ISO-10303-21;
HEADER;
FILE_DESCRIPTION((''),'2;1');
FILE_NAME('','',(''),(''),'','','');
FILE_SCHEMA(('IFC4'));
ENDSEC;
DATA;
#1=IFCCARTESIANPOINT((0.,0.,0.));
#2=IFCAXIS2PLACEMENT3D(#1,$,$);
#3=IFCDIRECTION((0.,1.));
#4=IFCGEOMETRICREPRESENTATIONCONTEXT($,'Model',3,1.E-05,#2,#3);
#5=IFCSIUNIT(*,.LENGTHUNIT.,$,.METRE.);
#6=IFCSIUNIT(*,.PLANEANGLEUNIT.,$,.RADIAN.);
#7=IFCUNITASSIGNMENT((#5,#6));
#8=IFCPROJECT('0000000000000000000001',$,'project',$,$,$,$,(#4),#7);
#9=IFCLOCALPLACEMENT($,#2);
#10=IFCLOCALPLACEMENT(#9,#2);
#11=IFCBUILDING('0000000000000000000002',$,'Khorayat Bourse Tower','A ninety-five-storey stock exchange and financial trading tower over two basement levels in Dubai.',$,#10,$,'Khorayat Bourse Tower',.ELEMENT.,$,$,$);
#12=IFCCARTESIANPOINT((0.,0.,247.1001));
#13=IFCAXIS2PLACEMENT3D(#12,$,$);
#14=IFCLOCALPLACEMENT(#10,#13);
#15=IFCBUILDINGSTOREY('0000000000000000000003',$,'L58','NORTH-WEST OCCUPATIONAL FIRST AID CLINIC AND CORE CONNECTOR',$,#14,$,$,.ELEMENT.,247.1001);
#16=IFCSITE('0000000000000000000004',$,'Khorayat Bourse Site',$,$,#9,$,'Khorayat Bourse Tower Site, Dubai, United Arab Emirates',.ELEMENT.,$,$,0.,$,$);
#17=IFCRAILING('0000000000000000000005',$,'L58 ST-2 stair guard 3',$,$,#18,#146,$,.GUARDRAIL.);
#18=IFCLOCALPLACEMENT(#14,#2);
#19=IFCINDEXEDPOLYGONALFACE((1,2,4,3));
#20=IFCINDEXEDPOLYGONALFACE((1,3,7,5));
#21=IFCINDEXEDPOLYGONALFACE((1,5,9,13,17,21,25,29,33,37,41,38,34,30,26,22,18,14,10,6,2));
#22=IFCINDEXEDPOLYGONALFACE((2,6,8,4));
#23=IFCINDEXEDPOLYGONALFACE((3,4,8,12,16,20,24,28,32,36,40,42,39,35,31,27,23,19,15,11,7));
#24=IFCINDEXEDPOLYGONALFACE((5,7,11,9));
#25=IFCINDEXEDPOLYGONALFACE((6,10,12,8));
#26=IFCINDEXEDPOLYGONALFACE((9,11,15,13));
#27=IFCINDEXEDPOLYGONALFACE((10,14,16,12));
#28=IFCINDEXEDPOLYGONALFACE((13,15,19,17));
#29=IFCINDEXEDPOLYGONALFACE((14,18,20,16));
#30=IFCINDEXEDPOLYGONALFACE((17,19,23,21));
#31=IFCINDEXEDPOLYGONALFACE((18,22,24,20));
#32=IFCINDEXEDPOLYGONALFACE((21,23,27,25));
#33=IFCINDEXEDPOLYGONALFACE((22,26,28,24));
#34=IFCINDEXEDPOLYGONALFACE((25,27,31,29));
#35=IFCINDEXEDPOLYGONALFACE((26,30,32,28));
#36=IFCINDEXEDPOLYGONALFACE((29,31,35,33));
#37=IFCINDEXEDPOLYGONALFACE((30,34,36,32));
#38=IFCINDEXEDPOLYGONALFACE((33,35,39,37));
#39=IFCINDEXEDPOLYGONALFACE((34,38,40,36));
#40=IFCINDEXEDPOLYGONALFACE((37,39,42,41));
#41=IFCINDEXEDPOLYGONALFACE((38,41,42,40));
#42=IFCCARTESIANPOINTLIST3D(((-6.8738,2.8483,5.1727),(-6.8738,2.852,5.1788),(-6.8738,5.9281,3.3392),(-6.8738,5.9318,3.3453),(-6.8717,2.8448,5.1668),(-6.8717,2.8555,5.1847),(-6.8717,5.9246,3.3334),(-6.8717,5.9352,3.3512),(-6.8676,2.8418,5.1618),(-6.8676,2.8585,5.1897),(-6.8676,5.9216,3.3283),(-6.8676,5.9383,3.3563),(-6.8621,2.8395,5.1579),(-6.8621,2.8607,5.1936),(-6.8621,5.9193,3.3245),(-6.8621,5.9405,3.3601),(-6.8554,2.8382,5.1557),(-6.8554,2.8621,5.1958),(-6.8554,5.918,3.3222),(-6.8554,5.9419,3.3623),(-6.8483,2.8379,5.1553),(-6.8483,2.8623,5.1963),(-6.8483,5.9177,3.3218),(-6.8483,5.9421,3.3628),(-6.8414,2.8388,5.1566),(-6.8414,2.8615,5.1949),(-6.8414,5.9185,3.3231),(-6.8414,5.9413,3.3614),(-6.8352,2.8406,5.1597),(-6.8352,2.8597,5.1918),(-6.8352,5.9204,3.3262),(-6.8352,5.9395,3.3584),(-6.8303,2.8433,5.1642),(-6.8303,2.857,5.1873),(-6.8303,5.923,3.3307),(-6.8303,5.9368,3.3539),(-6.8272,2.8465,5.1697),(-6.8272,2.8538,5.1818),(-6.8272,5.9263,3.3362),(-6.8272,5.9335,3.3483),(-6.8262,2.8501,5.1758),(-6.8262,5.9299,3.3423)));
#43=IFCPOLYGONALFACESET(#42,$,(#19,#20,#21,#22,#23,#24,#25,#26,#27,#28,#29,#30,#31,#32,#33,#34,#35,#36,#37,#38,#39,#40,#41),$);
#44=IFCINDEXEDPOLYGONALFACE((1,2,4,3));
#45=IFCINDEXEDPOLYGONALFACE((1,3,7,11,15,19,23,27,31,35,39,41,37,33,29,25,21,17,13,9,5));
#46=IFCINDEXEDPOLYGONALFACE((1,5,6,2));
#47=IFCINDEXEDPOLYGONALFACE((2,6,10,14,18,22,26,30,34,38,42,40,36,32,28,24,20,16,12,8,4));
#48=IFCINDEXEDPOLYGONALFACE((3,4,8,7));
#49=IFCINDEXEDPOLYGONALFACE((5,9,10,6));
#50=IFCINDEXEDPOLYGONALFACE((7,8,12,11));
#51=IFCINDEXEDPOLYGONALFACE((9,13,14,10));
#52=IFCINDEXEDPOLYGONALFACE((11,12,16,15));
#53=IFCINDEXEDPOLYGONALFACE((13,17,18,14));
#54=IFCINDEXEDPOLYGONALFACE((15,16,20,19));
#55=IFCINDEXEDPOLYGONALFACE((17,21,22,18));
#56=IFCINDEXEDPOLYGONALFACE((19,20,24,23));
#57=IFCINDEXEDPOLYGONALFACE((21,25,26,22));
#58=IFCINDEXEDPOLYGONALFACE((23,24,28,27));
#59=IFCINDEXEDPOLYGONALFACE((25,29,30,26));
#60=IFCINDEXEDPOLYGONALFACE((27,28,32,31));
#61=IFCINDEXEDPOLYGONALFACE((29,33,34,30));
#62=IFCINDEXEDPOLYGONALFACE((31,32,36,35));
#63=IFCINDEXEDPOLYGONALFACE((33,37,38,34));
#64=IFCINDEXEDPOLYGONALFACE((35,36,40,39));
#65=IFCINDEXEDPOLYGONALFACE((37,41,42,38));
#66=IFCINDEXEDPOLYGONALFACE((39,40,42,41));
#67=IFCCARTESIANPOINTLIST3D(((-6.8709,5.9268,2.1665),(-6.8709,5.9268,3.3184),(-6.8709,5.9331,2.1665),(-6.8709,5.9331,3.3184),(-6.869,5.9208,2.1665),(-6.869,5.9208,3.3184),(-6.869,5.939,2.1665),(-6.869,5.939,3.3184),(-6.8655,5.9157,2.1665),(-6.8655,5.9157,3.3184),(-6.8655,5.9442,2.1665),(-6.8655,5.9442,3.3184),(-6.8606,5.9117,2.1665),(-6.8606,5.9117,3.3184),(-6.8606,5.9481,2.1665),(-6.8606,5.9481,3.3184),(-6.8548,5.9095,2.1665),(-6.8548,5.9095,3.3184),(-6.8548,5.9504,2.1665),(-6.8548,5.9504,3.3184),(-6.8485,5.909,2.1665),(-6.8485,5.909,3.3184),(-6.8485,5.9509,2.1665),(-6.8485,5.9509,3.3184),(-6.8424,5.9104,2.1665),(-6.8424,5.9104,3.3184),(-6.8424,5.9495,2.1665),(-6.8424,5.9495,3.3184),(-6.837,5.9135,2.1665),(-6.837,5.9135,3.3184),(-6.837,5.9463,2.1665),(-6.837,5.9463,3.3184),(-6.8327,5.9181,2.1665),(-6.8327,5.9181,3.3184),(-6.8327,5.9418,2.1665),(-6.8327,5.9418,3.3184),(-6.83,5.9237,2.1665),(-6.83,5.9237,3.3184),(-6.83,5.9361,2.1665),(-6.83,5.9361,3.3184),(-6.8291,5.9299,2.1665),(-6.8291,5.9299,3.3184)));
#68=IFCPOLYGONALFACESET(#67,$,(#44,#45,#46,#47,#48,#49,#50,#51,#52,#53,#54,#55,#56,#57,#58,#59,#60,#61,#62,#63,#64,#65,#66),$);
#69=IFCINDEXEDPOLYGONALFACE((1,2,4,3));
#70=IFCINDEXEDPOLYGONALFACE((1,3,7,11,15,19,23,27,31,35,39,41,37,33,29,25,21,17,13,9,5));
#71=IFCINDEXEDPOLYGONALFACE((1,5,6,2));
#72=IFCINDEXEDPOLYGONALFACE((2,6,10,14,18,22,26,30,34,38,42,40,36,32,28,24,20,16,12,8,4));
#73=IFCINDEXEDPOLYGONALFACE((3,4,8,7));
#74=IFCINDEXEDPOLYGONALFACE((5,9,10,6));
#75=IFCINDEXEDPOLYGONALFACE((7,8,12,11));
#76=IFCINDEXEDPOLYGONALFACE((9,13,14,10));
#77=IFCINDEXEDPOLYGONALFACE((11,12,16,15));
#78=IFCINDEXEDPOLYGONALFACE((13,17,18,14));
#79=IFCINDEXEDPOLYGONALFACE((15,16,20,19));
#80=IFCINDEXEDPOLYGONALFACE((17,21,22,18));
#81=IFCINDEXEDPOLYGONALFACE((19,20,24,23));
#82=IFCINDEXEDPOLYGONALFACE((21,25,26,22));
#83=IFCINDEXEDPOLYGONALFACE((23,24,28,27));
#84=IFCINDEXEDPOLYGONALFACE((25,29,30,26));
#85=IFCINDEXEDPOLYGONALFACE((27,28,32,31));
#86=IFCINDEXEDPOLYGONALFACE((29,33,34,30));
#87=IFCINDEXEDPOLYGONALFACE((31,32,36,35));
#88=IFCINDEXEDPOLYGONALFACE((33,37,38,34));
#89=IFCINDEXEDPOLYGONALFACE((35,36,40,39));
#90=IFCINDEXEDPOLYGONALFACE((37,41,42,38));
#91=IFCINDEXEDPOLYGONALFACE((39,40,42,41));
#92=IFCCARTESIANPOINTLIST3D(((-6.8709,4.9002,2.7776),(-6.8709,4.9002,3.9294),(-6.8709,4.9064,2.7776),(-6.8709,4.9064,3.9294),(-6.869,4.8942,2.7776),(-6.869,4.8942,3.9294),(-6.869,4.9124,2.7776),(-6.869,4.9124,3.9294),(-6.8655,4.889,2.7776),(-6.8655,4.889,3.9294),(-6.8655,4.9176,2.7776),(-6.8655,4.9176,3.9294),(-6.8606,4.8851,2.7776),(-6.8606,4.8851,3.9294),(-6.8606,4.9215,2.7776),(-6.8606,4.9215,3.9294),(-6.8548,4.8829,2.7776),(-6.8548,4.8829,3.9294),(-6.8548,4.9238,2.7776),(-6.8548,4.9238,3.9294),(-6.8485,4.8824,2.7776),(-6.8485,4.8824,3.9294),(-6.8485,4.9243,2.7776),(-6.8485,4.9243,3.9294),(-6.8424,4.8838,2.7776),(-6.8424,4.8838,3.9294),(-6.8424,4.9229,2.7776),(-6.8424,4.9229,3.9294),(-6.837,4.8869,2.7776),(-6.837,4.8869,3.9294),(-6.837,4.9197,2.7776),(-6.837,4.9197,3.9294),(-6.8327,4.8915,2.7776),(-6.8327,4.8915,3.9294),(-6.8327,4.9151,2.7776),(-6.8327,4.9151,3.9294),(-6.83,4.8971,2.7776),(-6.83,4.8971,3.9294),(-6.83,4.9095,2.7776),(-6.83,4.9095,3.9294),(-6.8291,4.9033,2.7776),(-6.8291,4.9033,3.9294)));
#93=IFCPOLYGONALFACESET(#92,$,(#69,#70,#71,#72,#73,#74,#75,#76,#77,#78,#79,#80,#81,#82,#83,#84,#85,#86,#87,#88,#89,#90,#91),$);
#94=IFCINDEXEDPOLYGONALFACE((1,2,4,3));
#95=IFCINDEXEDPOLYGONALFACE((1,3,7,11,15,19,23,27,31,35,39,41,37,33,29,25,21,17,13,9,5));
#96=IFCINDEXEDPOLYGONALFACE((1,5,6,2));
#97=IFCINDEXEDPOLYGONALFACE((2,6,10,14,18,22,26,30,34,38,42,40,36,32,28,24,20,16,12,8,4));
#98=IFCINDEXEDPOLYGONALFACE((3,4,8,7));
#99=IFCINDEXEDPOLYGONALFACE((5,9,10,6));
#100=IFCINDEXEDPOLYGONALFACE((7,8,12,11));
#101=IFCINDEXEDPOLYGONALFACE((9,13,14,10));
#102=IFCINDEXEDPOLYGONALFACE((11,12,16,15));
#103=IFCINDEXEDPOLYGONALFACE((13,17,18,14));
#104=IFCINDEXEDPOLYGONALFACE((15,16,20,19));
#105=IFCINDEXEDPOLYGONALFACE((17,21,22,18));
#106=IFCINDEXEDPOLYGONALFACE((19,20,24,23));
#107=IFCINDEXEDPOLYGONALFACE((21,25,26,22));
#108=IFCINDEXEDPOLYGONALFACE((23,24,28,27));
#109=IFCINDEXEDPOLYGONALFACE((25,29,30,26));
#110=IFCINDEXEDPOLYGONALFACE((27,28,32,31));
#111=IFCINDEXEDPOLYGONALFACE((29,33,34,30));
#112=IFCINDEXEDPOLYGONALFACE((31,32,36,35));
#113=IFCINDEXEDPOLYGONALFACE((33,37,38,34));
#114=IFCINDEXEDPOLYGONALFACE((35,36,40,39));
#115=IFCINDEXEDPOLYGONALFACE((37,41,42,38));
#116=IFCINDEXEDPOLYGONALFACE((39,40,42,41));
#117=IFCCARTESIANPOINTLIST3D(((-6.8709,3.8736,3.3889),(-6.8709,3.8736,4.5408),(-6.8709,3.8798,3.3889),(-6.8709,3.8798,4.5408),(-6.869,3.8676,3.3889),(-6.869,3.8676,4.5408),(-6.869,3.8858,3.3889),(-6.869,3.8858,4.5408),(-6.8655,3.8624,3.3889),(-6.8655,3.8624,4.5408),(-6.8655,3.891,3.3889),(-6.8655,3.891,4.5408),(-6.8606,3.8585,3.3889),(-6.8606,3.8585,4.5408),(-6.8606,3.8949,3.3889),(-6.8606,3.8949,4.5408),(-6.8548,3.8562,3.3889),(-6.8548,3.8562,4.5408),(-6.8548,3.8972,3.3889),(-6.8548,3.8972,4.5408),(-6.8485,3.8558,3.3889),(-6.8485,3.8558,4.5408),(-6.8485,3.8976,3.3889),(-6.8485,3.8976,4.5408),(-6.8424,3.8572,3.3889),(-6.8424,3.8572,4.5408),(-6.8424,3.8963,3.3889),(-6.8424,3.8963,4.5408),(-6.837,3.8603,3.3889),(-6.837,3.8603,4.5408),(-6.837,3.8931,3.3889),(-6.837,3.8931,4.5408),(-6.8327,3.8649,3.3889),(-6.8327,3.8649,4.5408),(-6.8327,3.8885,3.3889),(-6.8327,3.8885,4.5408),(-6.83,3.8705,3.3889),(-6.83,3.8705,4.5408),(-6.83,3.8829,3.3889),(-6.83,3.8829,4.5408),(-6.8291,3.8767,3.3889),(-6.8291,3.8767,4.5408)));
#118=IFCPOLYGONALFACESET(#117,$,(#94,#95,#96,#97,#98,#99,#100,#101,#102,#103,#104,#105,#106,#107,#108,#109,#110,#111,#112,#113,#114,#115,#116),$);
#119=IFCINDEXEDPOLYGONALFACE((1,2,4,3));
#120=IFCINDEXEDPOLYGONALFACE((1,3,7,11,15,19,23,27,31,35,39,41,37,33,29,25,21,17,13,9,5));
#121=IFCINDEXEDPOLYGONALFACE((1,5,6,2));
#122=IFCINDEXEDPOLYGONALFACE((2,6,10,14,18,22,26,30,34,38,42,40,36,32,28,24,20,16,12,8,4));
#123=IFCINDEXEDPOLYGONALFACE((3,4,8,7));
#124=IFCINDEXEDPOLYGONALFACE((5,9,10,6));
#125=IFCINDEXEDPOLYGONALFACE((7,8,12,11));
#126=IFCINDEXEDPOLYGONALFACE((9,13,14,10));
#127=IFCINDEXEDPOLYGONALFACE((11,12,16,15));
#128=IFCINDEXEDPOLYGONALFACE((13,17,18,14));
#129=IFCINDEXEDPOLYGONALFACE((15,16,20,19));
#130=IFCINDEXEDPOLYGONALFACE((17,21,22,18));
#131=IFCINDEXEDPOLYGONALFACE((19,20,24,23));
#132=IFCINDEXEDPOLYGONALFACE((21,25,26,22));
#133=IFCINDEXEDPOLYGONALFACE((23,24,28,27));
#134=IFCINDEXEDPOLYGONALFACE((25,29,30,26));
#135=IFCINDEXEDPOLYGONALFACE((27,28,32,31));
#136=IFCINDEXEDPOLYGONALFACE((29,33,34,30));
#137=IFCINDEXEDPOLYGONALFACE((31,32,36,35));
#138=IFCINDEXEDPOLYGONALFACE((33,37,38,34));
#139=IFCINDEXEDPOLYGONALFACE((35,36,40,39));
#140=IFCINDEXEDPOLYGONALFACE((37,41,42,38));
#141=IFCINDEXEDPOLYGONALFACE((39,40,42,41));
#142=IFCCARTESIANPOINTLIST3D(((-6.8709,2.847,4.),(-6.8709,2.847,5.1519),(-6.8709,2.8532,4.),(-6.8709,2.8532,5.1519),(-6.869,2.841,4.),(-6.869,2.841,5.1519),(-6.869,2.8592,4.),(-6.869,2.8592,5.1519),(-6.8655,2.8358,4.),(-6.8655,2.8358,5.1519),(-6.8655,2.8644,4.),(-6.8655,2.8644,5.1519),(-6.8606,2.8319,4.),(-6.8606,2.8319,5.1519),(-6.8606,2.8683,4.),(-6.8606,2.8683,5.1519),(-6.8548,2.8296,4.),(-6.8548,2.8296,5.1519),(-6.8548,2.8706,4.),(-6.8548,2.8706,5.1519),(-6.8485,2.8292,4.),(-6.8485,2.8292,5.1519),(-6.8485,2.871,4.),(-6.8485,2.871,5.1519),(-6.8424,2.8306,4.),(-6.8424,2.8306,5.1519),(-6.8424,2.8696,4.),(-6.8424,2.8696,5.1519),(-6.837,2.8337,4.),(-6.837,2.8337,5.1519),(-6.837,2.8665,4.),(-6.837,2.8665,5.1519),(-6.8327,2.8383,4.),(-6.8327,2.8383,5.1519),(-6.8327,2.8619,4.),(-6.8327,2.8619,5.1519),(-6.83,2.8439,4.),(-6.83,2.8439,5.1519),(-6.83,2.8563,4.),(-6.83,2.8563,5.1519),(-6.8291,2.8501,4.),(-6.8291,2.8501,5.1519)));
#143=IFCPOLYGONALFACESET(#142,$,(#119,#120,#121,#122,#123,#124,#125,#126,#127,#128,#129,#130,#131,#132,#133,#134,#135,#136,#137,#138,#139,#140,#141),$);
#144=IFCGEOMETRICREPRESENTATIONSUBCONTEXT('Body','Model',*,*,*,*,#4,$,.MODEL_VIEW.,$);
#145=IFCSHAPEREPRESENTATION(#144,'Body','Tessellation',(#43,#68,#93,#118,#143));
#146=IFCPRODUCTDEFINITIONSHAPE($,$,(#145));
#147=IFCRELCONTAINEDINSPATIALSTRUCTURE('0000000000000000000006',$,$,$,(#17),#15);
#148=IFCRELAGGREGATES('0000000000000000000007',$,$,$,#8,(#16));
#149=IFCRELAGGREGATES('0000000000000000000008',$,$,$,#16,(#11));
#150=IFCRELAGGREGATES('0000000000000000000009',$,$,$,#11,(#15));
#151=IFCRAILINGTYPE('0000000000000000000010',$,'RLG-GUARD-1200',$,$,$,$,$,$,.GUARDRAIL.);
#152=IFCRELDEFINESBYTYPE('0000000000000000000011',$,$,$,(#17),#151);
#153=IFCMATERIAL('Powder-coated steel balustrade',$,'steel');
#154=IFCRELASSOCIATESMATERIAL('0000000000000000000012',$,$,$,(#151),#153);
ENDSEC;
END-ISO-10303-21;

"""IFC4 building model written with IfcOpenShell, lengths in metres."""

from ifc_helpers import new_model, si_unit, direction, frame, origin, origin_2d, place, context, subcontext, project, spatial, circle, extrude, source, transform, mapped, material, type_object, element, save


model = new_model("IFC4")

# Units and contexts
model_context = context("Model", 3, precision=1e-05, world=origin(), true_north=direction((0.0, 1.0)))
body_context = subcontext(model_context, "Body", "Model", "MODEL_VIEW")
ifc_project = project(units=[si_unit("LENGTHUNIT", "METRE"), si_unit("PLANEANGLEUNIT", "RADIAN")], contexts=[model_context])

# Site, building, storey
site_placement = place(None, origin())
site = spatial("IfcSite", under=ifc_project, at=site_placement, Name="Khorayat Bourse Site", LongName="Khorayat Bourse Tower Site, Dubai, United Arab Emirates", CompositionType="ELEMENT", RefElevation=0.0)
building_placement = place(site_placement, origin())
building = spatial("IfcBuilding", under=site, at=building_placement, Name="Khorayat Bourse Tower", Description="A ninety-five-storey stock exchange and financial trading tower over two basement levels in Dubai.", LongName="Khorayat Bourse Tower", CompositionType="ELEMENT")
storey_placement = place(building_placement, frame((0.0, 0.0, 247.1001)))
storey = spatial("IfcBuildingStorey", under=building, at=storey_placement, Name="L58", Description="NORTH-WEST OCCUPATIONAL FIRST AID CLINIC AND CORE CONNECTOR", CompositionType="ELEMENT", Elevation=247.1001)

# Railing
ifc_material_1 = material(Name="Powder-coated steel balustrade", Category="steel")
railing_type_1 = type_object("IfcRailingType", Name="RLG-GUARD-1200", PredefinedType="GUARDRAIL", material=ifc_material_1)
shared_shape_1 = source(origin(), body_context, "Body", "SweptSolid", [
    extrude(circle(Radius=0.0239, at=origin_2d()), frame((0.0, 0.0, 1.1758), z_axis=(0.0, -0.859261, 0.511538), x_axis=(1.0, 0.0, 0.0)), (0.0, 0.0, 1.0), 3.5842),
    extrude(circle(Radius=0.021, at=origin_2d()), origin(), (0.0, 0.0, 1.0), 1.1519),
    extrude(circle(Radius=0.021, at=origin_2d()), frame((0.0, -1.0266, 0.6111)), (0.0, 0.0, 1.0), 1.1519),
    extrude(circle(Radius=0.021, at=origin_2d()), frame((0.0, -2.0532, 1.2224)), (0.0, 0.0, 1.0), 1.1519),
    extrude(circle(Radius=0.021, at=origin_2d()), frame((0.0, -3.0798, 1.8335)), (0.0, 0.0, 1.0), 1.1519),
])
railing_1_placement = place(storey_placement, frame((-6.8501, 5.9299, 2.1665)))
element("IfcRailing", 1, at=railing_1_placement, inside=storey, type_object=railing_type_1, Name="L58 ST-2 stair guard 3", PredefinedType="GUARDRAIL", context=body_context, shape_type="MappedRepresentation", body=[
    mapped(shared_shape_1, transform((0.0, 0.0, 0.0), scale=1.0)),
])

save(model, "model.ifc")
